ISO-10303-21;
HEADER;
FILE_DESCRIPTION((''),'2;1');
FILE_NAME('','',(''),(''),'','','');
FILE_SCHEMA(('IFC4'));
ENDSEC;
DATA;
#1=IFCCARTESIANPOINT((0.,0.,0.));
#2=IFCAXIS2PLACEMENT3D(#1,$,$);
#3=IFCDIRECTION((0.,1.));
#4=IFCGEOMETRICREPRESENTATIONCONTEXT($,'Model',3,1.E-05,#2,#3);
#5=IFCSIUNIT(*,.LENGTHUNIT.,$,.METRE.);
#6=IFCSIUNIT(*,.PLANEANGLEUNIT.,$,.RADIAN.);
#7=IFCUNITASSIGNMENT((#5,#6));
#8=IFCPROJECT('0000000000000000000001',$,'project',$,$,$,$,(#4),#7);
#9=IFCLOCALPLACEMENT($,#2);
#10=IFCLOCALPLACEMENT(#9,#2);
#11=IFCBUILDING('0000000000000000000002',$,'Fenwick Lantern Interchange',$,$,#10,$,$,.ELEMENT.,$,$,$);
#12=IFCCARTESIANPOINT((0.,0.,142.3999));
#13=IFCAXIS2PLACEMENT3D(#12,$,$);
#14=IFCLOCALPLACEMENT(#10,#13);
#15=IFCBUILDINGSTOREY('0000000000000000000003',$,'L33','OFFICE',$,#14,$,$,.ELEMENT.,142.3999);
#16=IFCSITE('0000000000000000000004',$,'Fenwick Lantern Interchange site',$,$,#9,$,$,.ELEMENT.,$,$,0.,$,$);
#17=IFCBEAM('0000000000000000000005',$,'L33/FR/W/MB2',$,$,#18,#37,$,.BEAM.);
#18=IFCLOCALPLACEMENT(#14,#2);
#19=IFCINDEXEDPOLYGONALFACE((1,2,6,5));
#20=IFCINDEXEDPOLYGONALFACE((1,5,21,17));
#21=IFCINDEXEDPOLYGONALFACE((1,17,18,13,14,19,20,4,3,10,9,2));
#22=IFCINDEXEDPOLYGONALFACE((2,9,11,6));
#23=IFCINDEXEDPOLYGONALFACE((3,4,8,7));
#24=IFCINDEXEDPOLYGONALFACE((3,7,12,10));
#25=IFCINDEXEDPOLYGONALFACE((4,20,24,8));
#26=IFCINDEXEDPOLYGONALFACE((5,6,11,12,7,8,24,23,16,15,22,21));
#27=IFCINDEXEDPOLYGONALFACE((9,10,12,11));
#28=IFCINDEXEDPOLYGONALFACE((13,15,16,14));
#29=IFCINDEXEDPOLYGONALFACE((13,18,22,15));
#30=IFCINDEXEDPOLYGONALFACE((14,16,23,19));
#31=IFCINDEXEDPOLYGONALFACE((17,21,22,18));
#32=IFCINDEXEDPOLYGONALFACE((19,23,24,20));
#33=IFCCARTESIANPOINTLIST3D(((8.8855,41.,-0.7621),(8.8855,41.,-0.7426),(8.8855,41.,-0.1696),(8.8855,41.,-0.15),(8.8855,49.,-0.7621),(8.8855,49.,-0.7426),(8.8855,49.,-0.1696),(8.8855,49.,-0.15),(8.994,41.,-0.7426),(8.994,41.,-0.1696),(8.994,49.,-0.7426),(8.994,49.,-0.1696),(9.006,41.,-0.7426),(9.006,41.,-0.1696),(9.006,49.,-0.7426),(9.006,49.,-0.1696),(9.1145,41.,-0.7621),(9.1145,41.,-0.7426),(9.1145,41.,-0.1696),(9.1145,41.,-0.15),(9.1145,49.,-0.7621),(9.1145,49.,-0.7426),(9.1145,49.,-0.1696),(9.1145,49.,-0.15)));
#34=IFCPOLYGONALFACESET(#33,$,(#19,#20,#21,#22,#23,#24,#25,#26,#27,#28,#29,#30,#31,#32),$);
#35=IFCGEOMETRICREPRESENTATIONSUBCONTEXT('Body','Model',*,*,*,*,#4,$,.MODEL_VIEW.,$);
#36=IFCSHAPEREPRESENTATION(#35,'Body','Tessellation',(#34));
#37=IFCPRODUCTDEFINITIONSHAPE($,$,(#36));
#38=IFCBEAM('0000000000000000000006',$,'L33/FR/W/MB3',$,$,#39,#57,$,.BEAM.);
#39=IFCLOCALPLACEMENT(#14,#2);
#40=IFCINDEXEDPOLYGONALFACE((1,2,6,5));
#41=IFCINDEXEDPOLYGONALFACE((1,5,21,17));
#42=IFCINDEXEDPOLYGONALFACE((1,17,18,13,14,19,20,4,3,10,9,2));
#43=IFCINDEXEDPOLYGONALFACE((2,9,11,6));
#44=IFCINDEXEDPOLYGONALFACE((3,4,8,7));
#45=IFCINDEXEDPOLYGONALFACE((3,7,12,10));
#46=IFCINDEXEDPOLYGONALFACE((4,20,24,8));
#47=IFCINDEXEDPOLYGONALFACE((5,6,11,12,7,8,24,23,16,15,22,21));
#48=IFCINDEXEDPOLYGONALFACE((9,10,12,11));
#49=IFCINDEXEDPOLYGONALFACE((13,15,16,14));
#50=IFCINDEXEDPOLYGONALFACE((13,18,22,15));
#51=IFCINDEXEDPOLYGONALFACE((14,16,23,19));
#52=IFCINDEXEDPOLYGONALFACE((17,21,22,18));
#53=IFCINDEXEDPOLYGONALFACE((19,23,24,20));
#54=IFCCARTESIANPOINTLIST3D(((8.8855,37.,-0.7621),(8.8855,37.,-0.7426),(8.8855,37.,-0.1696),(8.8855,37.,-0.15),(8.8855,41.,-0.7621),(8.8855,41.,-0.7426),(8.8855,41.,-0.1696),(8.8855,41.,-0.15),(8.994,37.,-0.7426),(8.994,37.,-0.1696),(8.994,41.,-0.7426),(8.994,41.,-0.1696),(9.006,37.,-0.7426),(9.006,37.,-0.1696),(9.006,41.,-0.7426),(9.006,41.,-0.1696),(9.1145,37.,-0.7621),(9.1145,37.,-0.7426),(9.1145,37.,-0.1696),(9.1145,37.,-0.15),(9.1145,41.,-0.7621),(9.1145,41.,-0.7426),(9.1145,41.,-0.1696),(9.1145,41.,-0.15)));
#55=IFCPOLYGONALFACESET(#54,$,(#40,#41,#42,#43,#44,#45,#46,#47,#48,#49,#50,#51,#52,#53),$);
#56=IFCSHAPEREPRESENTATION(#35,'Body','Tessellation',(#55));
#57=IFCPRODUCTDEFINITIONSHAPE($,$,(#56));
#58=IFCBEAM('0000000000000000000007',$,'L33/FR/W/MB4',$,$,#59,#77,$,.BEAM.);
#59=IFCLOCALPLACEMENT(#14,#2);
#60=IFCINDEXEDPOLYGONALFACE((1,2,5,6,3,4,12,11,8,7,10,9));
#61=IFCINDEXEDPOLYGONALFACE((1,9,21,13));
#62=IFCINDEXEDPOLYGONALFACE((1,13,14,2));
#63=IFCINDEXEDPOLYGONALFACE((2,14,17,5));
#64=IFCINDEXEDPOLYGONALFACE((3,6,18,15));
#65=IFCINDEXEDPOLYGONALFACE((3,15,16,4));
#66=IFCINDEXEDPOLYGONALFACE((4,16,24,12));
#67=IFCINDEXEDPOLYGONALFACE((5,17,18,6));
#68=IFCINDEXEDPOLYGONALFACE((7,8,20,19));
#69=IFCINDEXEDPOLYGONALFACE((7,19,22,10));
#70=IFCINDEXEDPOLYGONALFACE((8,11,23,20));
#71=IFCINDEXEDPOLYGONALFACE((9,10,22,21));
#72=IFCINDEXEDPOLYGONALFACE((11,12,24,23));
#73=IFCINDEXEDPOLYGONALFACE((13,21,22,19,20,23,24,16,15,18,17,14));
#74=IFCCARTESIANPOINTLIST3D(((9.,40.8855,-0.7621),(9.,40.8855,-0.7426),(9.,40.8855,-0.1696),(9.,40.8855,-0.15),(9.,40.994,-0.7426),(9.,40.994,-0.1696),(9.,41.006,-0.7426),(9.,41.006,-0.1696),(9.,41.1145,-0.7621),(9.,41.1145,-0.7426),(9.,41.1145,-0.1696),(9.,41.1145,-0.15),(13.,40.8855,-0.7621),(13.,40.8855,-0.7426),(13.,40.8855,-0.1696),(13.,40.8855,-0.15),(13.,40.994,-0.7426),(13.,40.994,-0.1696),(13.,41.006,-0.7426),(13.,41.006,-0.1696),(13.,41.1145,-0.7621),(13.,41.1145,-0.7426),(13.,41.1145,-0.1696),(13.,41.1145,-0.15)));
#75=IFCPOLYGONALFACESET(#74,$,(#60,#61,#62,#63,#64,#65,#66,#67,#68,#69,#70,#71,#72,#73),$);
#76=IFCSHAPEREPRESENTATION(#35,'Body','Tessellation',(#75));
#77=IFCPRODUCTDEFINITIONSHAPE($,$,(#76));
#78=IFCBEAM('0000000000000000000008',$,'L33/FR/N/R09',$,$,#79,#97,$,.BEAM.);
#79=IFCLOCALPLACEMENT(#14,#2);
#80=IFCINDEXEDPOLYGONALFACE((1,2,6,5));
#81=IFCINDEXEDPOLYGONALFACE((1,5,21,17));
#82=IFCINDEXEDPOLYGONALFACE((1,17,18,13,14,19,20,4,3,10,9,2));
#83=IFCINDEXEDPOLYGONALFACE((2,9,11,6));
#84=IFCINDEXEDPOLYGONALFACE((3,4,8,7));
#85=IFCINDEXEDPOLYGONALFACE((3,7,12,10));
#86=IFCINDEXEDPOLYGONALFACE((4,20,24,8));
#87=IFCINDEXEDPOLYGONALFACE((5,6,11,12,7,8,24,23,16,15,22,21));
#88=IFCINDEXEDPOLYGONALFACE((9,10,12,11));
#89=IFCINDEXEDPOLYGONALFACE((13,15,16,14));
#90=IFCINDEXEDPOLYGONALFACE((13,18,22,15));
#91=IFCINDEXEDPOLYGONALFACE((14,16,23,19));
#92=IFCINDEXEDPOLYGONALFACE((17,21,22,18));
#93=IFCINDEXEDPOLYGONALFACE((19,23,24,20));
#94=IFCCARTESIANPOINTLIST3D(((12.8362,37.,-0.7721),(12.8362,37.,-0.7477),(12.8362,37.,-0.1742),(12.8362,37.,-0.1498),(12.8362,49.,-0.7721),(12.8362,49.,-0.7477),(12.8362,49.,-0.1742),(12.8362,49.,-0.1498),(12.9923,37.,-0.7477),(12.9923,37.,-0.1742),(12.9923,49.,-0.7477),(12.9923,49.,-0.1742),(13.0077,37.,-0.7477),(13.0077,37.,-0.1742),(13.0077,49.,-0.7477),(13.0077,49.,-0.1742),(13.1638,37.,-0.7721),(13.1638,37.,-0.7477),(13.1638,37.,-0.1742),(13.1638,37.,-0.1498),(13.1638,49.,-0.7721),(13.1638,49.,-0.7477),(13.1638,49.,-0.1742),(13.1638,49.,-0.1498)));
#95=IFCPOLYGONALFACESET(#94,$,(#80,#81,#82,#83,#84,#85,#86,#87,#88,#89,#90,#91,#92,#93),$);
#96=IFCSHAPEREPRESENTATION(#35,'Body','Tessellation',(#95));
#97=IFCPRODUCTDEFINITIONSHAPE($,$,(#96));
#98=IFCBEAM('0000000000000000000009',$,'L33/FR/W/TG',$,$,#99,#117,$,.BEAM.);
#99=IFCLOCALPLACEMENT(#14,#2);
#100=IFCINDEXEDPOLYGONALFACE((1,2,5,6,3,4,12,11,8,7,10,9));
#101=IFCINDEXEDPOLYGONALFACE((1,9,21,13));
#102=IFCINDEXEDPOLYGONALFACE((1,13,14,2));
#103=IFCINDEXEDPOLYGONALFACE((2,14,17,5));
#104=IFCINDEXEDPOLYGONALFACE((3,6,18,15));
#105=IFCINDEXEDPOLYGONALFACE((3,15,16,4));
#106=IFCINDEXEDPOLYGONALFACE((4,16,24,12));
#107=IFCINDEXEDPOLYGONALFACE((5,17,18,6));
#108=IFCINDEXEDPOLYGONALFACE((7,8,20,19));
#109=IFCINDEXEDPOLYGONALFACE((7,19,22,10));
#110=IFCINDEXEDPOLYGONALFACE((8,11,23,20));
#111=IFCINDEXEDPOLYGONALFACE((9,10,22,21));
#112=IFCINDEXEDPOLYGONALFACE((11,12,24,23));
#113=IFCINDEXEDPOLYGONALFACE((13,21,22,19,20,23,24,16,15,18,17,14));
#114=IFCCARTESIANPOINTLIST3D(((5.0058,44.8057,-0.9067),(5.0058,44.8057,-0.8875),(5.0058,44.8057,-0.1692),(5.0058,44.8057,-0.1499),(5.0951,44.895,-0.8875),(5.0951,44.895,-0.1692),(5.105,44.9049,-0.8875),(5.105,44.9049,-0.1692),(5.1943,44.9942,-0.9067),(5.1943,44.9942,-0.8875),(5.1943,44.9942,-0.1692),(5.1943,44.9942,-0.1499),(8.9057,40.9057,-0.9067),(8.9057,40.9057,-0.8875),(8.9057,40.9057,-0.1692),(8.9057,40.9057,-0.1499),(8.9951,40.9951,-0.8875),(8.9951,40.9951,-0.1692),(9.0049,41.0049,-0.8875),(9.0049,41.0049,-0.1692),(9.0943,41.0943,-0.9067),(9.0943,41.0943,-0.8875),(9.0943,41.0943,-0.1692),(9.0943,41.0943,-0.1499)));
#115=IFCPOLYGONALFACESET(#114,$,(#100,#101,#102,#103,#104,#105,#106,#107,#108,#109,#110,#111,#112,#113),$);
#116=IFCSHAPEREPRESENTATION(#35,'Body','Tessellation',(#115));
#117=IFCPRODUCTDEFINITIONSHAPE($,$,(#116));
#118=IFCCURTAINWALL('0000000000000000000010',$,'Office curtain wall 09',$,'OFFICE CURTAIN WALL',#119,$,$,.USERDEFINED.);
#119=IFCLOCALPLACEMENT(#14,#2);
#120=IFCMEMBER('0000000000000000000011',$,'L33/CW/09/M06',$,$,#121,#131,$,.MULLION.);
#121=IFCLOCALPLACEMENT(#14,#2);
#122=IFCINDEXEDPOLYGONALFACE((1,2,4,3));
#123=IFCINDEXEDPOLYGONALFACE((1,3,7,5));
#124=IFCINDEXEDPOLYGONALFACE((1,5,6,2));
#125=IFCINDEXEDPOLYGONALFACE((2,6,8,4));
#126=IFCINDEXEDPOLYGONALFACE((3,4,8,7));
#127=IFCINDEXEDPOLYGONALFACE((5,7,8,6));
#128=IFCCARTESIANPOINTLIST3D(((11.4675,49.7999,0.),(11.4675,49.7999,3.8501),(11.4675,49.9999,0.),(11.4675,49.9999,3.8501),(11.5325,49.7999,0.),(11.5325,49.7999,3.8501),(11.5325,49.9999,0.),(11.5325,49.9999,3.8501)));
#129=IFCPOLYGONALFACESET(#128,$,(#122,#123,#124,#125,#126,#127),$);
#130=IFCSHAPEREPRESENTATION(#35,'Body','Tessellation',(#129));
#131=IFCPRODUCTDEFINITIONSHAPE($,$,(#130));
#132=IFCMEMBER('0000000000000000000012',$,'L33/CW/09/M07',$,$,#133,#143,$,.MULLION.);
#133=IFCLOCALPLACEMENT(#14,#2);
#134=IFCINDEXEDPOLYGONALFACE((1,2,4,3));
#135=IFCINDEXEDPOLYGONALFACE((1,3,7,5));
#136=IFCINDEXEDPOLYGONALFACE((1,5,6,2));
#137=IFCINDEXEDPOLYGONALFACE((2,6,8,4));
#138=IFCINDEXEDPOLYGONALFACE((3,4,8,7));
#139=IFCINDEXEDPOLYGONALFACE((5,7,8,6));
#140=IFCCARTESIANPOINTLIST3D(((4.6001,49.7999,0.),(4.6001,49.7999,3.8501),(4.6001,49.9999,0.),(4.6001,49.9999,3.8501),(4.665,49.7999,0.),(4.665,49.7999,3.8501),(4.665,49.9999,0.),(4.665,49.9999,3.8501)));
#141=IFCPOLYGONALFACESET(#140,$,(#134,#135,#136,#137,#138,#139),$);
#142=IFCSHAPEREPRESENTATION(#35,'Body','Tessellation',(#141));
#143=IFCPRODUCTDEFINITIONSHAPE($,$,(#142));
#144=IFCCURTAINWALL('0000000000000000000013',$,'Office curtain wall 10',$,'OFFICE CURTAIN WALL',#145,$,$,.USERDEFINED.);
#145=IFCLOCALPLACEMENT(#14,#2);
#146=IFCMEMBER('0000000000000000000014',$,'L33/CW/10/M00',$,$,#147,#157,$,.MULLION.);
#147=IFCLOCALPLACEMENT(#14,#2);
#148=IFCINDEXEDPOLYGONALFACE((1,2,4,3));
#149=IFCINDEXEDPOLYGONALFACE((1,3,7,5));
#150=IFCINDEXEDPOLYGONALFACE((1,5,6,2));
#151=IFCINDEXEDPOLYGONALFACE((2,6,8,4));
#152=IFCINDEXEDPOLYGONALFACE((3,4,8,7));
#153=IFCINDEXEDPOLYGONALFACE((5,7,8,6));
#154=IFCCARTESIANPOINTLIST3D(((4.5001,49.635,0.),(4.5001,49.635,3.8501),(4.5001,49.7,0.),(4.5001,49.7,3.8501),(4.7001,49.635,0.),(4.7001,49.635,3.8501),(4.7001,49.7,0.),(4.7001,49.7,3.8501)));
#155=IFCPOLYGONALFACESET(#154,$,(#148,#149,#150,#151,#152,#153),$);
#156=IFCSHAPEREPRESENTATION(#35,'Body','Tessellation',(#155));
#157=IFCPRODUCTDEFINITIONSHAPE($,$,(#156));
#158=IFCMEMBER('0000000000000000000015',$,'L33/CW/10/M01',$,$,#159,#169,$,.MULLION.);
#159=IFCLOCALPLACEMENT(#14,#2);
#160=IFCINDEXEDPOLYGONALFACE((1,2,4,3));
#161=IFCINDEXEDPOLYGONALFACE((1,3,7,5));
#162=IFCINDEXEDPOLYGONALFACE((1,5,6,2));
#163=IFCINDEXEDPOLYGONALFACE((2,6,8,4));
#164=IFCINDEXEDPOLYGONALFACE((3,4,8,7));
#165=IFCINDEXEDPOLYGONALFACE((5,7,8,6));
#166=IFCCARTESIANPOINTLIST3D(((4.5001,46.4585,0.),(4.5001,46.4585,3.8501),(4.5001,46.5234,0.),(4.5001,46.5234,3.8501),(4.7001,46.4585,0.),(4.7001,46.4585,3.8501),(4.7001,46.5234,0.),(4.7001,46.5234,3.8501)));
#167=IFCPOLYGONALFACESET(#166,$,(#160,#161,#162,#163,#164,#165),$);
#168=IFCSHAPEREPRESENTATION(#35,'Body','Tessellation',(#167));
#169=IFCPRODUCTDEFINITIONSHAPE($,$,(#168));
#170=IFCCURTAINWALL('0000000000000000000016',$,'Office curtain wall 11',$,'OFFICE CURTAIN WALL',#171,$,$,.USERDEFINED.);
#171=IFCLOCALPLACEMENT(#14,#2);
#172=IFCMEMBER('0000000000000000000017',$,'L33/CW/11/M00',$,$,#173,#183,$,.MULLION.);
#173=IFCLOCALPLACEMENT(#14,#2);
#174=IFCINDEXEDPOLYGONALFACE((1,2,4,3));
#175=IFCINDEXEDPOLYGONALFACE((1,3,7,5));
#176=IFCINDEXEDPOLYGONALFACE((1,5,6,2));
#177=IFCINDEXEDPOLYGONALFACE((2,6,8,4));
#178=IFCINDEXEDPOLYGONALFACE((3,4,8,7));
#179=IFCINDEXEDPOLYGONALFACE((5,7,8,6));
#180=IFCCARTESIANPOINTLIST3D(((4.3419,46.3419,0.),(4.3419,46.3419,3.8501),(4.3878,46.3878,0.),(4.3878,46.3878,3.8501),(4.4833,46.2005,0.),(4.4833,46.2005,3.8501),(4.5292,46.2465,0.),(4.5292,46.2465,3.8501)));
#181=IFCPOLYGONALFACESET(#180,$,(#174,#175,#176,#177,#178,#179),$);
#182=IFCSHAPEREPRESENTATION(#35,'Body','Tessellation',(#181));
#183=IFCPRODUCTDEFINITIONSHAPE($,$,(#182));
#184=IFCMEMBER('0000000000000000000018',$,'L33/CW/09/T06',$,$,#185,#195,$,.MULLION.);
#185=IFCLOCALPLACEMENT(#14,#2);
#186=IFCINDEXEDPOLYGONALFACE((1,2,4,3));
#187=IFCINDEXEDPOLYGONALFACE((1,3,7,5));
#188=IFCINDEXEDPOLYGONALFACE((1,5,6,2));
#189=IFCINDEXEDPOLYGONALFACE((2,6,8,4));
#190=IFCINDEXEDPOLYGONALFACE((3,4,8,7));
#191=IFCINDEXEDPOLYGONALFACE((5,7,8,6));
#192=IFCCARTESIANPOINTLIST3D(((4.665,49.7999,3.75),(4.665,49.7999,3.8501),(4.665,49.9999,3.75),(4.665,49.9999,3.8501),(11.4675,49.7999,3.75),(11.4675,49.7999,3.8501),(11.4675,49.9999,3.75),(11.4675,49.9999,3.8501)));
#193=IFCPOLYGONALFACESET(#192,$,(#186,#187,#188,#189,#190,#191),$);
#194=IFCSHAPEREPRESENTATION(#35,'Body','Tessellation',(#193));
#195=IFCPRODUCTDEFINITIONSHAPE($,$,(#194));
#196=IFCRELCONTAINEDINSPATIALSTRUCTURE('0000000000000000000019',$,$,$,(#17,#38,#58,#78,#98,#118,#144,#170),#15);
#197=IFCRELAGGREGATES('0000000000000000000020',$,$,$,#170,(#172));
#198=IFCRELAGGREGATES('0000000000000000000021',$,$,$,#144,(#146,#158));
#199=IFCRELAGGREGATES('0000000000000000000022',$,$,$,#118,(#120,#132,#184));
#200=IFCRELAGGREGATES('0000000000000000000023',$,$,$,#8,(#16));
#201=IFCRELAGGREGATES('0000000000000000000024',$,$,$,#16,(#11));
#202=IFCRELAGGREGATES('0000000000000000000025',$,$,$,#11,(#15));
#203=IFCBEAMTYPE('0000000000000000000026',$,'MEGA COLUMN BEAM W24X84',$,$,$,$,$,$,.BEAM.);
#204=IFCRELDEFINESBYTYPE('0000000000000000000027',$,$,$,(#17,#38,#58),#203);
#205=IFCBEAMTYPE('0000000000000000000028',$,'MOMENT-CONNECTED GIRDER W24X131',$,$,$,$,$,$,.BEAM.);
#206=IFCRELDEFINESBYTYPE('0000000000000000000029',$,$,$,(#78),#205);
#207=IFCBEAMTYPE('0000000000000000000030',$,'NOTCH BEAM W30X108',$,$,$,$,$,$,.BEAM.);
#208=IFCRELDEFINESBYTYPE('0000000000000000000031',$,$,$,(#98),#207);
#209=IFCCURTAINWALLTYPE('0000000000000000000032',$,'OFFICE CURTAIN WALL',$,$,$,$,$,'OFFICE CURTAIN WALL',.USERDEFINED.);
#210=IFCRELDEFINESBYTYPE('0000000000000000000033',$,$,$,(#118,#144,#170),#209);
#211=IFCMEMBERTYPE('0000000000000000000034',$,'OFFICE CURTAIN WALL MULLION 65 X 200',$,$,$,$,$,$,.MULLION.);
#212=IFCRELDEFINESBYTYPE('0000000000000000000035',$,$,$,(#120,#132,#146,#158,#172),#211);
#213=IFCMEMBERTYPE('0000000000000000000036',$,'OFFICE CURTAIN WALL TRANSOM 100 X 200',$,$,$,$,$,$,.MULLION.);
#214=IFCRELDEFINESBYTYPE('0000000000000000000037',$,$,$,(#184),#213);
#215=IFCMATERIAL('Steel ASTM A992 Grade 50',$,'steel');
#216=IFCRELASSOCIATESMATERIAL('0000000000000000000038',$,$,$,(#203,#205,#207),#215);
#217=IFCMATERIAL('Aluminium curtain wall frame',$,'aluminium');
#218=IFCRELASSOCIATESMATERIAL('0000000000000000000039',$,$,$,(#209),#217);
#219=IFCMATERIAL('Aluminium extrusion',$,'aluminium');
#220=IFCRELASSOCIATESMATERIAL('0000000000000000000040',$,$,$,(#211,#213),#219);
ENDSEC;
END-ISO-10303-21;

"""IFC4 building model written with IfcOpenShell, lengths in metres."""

from ifc_helpers import new_model, si_unit, direction, frame, origin, origin_2d, place, context, subcontext, project, spatial, rectangle, i_section, extrude, material, material_profile, profile_set, type_object, element, aggregate, save


model = new_model("IFC4")

# Units and contexts
model_context = context("Model", 3, precision=1e-05, world=origin(), true_north=direction((0.0, 1.0)))
body_context = subcontext(model_context, "Body", "Model", "MODEL_VIEW")
ifc_project = project(units=[si_unit("LENGTHUNIT", "METRE"), si_unit("PLANEANGLEUNIT", "RADIAN")], contexts=[model_context])

# Site, building, storey
site_placement = place(None, origin())
site = spatial("IfcSite", under=ifc_project, at=site_placement, Name="Fenwick Lantern Interchange site", CompositionType="ELEMENT", RefElevation=0.0)
building_placement = place(site_placement, origin())
building = spatial("IfcBuilding", under=site, at=building_placement, Name="Fenwick Lantern Interchange", CompositionType="ELEMENT")
storey_placement = place(building_placement, frame((0.0, 0.0, 142.3999)))
storey = spatial("IfcBuildingStorey", under=building, at=storey_placement, Name="L33", Description="OFFICE", CompositionType="ELEMENT", Elevation=142.3999)

# Shared definitions
ifc_material_1 = material(Name="Steel ASTM A992 Grade 50", Category="steel")

# Beams
ifc_material_profile_1 = material_profile(ifc_material_1, i_section(OverallWidth=0.229, OverallDepth=0.6121, WebThickness=0.012, FlangeThickness=0.0195, at=origin_2d()), Name="W24X84")
ifc_profile_set_1 = profile_set([ifc_material_profile_1], Name="Steel ASTM A992 Grade 50")
beam_type_1 = type_object("IfcBeamType", Name="MEGA COLUMN BEAM W24X84", PredefinedType="BEAM", material=ifc_profile_set_1)
for number, where, z_axis, x_axis, name in (
    (1, (9.0, 41.0, -0.4561), (0.0, 1.0, 0.0), (-1.0, 0.0, 0.0), "L33/FR/W/MB2"),
):
    element("IfcBeam", number, at=place(storey_placement, frame(where, z_axis=z_axis, x_axis=x_axis)), inside=storey, type_object=beam_type_1, Name=name, PredefinedType="BEAM", context=body_context, shape_type="SweptSolid", body=[
        extrude(i_section(OverallWidth=0.229, OverallDepth=0.6121, WebThickness=0.012, FlangeThickness=0.0195, at=origin_2d()), origin(), (0.0, 0.0, 1.0), 8.0),
    ])
for number, where, z_axis, x_axis, name in (
    (2, (9.0, 41.0, -0.4561), (0.0, -1.0, 0.0), (1.0, 0.0, 0.0), "L33/FR/W/MB3"),
    (3, (9.0, 41.0, -0.4561), (1.0, 0.0, 0.0), (0.0, 1.0, 0.0), "L33/FR/W/MB4"),
):
    element("IfcBeam", number, at=place(storey_placement, frame(where, z_axis=z_axis, x_axis=x_axis)), inside=storey, type_object=beam_type_1, Name=name, PredefinedType="BEAM", context=body_context, shape_type="SweptSolid", body=[
        extrude(i_section(OverallWidth=0.229, OverallDepth=0.6121, WebThickness=0.012, FlangeThickness=0.0195, at=origin_2d()), origin(), (0.0, 0.0, 1.0), 4.0),
    ])
ifc_material_profile_2 = material_profile(ifc_material_1, i_section(OverallWidth=0.3276, OverallDepth=0.6223, WebThickness=0.0154, FlangeThickness=0.0244, at=origin_2d()), Name="W24X131")
ifc_profile_set_2 = profile_set([ifc_material_profile_2], Name="Steel ASTM A992 Grade 50")
beam_type_2 = type_object("IfcBeamType", Name="MOMENT-CONNECTED GIRDER W24X131", PredefinedType="BEAM", material=ifc_profile_set_2)
beam_1_placement = place(storey_placement, frame((13.0, 49.0, -0.4609), z_axis=(0.0, -1.0, 0.0), x_axis=(1.0, 0.0, 0.0)))
element("IfcBeam", 4, at=beam_1_placement, inside=storey, type_object=beam_type_2, Name="L33/FR/N/R09", PredefinedType="BEAM", context=body_context, shape_type="SweptSolid", body=[
    extrude(i_section(OverallWidth=0.3276, OverallDepth=0.6223, WebThickness=0.0154, FlangeThickness=0.0244, at=origin_2d()), origin(), (0.0, 0.0, 1.0), 12.0),
])
ifc_material_profile_3 = material_profile(ifc_material_1, i_section(OverallWidth=0.2666, OverallDepth=0.7568, WebThickness=0.0139, FlangeThickness=0.0193, at=origin_2d()), Name="W30X108")
ifc_profile_set_3 = profile_set([ifc_material_profile_3], Name="Steel ASTM A992 Grade 50")
beam_type_3 = type_object("IfcBeamType", Name="NOTCH BEAM W30X108", PredefinedType="BEAM", material=ifc_profile_set_3)
beam_2_placement = place(storey_placement, frame((9.0, 41.0, -0.5283), z_axis=(-0.707107, 0.707107, 0.0), x_axis=(-0.707107, -0.707107, 0.0)))
element("IfcBeam", 5, at=beam_2_placement, inside=storey, type_object=beam_type_3, Name="L33/FR/W/TG", PredefinedType="BEAM", context=body_context, shape_type="SweptSolid", body=[
    extrude(i_section(OverallWidth=0.2666, OverallDepth=0.7568, WebThickness=0.0139, FlangeThickness=0.0193, at=origin_2d()), origin(), (0.0, 0.0, 1.0), 5.5154),
])

# Curtain walls, members
ifc_material_2 = material(Name="Aluminium curtain wall frame", Category="aluminium")
curtain_wall_type = type_object("IfcCurtainWallType", Name="OFFICE CURTAIN WALL", ElementType="OFFICE CURTAIN WALL", PredefinedType="USERDEFINED", material=ifc_material_2)
curtain_wall_1_placement = place(storey_placement, origin())
curtain_wall_1 = element("IfcCurtainWall", 6, at=curtain_wall_1_placement, inside=storey, type_object=curtain_wall_type, Name="Office curtain wall 09", ObjectType="OFFICE CURTAIN WALL", PredefinedType="USERDEFINED")
ifc_material_3 = material(Name="Aluminium extrusion", Category="aluminium")
ifc_material_profile_4 = material_profile(ifc_material_3, rectangle(XDim=0.2, YDim=0.0649, at=origin_2d()), Name="OFFICE CURTAIN WALL MULLION 65 X 200")
ifc_profile_set_4 = profile_set([ifc_material_profile_4], Name="Aluminium extrusion")
member_type_1 = type_object("IfcMemberType", Name="OFFICE CURTAIN WALL MULLION 65 X 200", PredefinedType="MULLION", material=ifc_profile_set_4)
member_1_placement = place(storey_placement, frame((11.5, 49.8999, 0.0), z_axis=(0.0, 0.0, 1.0), x_axis=(0.0, -1.0, 0.0)))
member_1 = element("IfcMember", 7, at=member_1_placement, type_object=member_type_1, Name="L33/CW/09/M06", PredefinedType="MULLION", context=body_context, shape_type="SweptSolid", body=[
    extrude(rectangle(XDim=0.2, YDim=0.0649, at=origin_2d()), origin(), (0.0, 0.0, 1.0), 3.8501),
])
member_2_placement = place(storey_placement, frame((4.6326, 49.8999, 0.0), z_axis=(0.0, 0.0, 1.0), x_axis=(0.0, -1.0, 0.0)))
member_2 = element("IfcMember", 8, at=member_2_placement, type_object=member_type_1, Name="L33/CW/09/M07", PredefinedType="MULLION", context=body_context, shape_type="SweptSolid", body=[
    extrude(rectangle(XDim=0.2, YDim=0.0649, at=origin_2d()), origin(), (0.0, 0.0, 1.0), 3.8501),
])
curtain_wall_2_placement = place(storey_placement, origin())
curtain_wall_2 = element("IfcCurtainWall", 9, at=curtain_wall_2_placement, inside=storey, type_object=curtain_wall_type, Name="Office curtain wall 10", ObjectType="OFFICE CURTAIN WALL", PredefinedType="USERDEFINED")
member_3_placement = place(storey_placement, frame((4.6001, 49.6675, 0.0), z_axis=(0.0, 0.0, 1.0), x_axis=(1.0, 0.0, 0.0)))
member_3 = element("IfcMember", 10, at=member_3_placement, type_object=member_type_1, Name="L33/CW/10/M00", PredefinedType="MULLION", context=body_context, shape_type="SweptSolid", body=[
    extrude(rectangle(XDim=0.2, YDim=0.0649, at=origin_2d()), origin(), (0.0, 0.0, 1.0), 3.8501),
])
member_4_placement = place(storey_placement, frame((4.6001, 46.491, 0.0), z_axis=(0.0, 0.0, 1.0), x_axis=(1.0, 0.0, 0.0)))
member_4 = element("IfcMember", 11, at=member_4_placement, type_object=member_type_1, Name="L33/CW/10/M01", PredefinedType="MULLION", context=body_context, shape_type="SweptSolid", body=[
    extrude(rectangle(XDim=0.2, YDim=0.0649, at=origin_2d()), origin(), (0.0, 0.0, 1.0), 3.8501),
])

# Curtain wall, member
curtain_wall_3_placement = place(storey_placement, origin())
curtain_wall_3 = element("IfcCurtainWall", 12, at=curtain_wall_3_placement, inside=storey, type_object=curtain_wall_type, Name="Office curtain wall 11", ObjectType="OFFICE CURTAIN WALL", PredefinedType="USERDEFINED")
member_5_placement = place(storey_placement, frame((4.4355, 46.2942, 0.0), z_axis=(0.0, 0.0, 1.0), x_axis=(0.707107, -0.707107, 0.0)))
member_5 = element("IfcMember", 13, at=member_5_placement, type_object=member_type_1, Name="L33/CW/11/M00", PredefinedType="MULLION", context=body_context, shape_type="SweptSolid", body=[
    extrude(rectangle(XDim=0.2, YDim=0.0649, at=origin_2d()), origin(), (0.0, 0.0, 1.0), 3.8501),
])
aggregate(curtain_wall_3, [member_5])

# Member
ifc_material_profile_5 = material_profile(ifc_material_3, rectangle(XDim=0.2, YDim=0.1001, at=origin_2d()), Name="OFFICE CURTAIN WALL TRANSOM 100 X 200")
ifc_profile_set_5 = profile_set([ifc_material_profile_5], Name="Aluminium extrusion")
member_type_2 = type_object("IfcMemberType", Name="OFFICE CURTAIN WALL TRANSOM 100 X 200", PredefinedType="MULLION", material=ifc_profile_set_5)
member_6_placement = place(storey_placement, frame((11.4675, 49.8999, 3.8), z_axis=(-1.0, 0.0, 0.0), x_axis=(0.0, -1.0, 0.0)))
member_6 = element("IfcMember", 14, at=member_6_placement, type_object=member_type_2, Name="L33/CW/09/T06", PredefinedType="MULLION", context=body_context, shape_type="SweptSolid", body=[
    extrude(rectangle(XDim=0.2, YDim=0.1001, at=origin_2d()), origin(), (0.0, 0.0, 1.0), 6.8025),
])
aggregate(curtain_wall_2, [member_3, member_4])

aggregate(curtain_wall_1, [member_1, member_2, member_6])

save(model, "model.ifc")
